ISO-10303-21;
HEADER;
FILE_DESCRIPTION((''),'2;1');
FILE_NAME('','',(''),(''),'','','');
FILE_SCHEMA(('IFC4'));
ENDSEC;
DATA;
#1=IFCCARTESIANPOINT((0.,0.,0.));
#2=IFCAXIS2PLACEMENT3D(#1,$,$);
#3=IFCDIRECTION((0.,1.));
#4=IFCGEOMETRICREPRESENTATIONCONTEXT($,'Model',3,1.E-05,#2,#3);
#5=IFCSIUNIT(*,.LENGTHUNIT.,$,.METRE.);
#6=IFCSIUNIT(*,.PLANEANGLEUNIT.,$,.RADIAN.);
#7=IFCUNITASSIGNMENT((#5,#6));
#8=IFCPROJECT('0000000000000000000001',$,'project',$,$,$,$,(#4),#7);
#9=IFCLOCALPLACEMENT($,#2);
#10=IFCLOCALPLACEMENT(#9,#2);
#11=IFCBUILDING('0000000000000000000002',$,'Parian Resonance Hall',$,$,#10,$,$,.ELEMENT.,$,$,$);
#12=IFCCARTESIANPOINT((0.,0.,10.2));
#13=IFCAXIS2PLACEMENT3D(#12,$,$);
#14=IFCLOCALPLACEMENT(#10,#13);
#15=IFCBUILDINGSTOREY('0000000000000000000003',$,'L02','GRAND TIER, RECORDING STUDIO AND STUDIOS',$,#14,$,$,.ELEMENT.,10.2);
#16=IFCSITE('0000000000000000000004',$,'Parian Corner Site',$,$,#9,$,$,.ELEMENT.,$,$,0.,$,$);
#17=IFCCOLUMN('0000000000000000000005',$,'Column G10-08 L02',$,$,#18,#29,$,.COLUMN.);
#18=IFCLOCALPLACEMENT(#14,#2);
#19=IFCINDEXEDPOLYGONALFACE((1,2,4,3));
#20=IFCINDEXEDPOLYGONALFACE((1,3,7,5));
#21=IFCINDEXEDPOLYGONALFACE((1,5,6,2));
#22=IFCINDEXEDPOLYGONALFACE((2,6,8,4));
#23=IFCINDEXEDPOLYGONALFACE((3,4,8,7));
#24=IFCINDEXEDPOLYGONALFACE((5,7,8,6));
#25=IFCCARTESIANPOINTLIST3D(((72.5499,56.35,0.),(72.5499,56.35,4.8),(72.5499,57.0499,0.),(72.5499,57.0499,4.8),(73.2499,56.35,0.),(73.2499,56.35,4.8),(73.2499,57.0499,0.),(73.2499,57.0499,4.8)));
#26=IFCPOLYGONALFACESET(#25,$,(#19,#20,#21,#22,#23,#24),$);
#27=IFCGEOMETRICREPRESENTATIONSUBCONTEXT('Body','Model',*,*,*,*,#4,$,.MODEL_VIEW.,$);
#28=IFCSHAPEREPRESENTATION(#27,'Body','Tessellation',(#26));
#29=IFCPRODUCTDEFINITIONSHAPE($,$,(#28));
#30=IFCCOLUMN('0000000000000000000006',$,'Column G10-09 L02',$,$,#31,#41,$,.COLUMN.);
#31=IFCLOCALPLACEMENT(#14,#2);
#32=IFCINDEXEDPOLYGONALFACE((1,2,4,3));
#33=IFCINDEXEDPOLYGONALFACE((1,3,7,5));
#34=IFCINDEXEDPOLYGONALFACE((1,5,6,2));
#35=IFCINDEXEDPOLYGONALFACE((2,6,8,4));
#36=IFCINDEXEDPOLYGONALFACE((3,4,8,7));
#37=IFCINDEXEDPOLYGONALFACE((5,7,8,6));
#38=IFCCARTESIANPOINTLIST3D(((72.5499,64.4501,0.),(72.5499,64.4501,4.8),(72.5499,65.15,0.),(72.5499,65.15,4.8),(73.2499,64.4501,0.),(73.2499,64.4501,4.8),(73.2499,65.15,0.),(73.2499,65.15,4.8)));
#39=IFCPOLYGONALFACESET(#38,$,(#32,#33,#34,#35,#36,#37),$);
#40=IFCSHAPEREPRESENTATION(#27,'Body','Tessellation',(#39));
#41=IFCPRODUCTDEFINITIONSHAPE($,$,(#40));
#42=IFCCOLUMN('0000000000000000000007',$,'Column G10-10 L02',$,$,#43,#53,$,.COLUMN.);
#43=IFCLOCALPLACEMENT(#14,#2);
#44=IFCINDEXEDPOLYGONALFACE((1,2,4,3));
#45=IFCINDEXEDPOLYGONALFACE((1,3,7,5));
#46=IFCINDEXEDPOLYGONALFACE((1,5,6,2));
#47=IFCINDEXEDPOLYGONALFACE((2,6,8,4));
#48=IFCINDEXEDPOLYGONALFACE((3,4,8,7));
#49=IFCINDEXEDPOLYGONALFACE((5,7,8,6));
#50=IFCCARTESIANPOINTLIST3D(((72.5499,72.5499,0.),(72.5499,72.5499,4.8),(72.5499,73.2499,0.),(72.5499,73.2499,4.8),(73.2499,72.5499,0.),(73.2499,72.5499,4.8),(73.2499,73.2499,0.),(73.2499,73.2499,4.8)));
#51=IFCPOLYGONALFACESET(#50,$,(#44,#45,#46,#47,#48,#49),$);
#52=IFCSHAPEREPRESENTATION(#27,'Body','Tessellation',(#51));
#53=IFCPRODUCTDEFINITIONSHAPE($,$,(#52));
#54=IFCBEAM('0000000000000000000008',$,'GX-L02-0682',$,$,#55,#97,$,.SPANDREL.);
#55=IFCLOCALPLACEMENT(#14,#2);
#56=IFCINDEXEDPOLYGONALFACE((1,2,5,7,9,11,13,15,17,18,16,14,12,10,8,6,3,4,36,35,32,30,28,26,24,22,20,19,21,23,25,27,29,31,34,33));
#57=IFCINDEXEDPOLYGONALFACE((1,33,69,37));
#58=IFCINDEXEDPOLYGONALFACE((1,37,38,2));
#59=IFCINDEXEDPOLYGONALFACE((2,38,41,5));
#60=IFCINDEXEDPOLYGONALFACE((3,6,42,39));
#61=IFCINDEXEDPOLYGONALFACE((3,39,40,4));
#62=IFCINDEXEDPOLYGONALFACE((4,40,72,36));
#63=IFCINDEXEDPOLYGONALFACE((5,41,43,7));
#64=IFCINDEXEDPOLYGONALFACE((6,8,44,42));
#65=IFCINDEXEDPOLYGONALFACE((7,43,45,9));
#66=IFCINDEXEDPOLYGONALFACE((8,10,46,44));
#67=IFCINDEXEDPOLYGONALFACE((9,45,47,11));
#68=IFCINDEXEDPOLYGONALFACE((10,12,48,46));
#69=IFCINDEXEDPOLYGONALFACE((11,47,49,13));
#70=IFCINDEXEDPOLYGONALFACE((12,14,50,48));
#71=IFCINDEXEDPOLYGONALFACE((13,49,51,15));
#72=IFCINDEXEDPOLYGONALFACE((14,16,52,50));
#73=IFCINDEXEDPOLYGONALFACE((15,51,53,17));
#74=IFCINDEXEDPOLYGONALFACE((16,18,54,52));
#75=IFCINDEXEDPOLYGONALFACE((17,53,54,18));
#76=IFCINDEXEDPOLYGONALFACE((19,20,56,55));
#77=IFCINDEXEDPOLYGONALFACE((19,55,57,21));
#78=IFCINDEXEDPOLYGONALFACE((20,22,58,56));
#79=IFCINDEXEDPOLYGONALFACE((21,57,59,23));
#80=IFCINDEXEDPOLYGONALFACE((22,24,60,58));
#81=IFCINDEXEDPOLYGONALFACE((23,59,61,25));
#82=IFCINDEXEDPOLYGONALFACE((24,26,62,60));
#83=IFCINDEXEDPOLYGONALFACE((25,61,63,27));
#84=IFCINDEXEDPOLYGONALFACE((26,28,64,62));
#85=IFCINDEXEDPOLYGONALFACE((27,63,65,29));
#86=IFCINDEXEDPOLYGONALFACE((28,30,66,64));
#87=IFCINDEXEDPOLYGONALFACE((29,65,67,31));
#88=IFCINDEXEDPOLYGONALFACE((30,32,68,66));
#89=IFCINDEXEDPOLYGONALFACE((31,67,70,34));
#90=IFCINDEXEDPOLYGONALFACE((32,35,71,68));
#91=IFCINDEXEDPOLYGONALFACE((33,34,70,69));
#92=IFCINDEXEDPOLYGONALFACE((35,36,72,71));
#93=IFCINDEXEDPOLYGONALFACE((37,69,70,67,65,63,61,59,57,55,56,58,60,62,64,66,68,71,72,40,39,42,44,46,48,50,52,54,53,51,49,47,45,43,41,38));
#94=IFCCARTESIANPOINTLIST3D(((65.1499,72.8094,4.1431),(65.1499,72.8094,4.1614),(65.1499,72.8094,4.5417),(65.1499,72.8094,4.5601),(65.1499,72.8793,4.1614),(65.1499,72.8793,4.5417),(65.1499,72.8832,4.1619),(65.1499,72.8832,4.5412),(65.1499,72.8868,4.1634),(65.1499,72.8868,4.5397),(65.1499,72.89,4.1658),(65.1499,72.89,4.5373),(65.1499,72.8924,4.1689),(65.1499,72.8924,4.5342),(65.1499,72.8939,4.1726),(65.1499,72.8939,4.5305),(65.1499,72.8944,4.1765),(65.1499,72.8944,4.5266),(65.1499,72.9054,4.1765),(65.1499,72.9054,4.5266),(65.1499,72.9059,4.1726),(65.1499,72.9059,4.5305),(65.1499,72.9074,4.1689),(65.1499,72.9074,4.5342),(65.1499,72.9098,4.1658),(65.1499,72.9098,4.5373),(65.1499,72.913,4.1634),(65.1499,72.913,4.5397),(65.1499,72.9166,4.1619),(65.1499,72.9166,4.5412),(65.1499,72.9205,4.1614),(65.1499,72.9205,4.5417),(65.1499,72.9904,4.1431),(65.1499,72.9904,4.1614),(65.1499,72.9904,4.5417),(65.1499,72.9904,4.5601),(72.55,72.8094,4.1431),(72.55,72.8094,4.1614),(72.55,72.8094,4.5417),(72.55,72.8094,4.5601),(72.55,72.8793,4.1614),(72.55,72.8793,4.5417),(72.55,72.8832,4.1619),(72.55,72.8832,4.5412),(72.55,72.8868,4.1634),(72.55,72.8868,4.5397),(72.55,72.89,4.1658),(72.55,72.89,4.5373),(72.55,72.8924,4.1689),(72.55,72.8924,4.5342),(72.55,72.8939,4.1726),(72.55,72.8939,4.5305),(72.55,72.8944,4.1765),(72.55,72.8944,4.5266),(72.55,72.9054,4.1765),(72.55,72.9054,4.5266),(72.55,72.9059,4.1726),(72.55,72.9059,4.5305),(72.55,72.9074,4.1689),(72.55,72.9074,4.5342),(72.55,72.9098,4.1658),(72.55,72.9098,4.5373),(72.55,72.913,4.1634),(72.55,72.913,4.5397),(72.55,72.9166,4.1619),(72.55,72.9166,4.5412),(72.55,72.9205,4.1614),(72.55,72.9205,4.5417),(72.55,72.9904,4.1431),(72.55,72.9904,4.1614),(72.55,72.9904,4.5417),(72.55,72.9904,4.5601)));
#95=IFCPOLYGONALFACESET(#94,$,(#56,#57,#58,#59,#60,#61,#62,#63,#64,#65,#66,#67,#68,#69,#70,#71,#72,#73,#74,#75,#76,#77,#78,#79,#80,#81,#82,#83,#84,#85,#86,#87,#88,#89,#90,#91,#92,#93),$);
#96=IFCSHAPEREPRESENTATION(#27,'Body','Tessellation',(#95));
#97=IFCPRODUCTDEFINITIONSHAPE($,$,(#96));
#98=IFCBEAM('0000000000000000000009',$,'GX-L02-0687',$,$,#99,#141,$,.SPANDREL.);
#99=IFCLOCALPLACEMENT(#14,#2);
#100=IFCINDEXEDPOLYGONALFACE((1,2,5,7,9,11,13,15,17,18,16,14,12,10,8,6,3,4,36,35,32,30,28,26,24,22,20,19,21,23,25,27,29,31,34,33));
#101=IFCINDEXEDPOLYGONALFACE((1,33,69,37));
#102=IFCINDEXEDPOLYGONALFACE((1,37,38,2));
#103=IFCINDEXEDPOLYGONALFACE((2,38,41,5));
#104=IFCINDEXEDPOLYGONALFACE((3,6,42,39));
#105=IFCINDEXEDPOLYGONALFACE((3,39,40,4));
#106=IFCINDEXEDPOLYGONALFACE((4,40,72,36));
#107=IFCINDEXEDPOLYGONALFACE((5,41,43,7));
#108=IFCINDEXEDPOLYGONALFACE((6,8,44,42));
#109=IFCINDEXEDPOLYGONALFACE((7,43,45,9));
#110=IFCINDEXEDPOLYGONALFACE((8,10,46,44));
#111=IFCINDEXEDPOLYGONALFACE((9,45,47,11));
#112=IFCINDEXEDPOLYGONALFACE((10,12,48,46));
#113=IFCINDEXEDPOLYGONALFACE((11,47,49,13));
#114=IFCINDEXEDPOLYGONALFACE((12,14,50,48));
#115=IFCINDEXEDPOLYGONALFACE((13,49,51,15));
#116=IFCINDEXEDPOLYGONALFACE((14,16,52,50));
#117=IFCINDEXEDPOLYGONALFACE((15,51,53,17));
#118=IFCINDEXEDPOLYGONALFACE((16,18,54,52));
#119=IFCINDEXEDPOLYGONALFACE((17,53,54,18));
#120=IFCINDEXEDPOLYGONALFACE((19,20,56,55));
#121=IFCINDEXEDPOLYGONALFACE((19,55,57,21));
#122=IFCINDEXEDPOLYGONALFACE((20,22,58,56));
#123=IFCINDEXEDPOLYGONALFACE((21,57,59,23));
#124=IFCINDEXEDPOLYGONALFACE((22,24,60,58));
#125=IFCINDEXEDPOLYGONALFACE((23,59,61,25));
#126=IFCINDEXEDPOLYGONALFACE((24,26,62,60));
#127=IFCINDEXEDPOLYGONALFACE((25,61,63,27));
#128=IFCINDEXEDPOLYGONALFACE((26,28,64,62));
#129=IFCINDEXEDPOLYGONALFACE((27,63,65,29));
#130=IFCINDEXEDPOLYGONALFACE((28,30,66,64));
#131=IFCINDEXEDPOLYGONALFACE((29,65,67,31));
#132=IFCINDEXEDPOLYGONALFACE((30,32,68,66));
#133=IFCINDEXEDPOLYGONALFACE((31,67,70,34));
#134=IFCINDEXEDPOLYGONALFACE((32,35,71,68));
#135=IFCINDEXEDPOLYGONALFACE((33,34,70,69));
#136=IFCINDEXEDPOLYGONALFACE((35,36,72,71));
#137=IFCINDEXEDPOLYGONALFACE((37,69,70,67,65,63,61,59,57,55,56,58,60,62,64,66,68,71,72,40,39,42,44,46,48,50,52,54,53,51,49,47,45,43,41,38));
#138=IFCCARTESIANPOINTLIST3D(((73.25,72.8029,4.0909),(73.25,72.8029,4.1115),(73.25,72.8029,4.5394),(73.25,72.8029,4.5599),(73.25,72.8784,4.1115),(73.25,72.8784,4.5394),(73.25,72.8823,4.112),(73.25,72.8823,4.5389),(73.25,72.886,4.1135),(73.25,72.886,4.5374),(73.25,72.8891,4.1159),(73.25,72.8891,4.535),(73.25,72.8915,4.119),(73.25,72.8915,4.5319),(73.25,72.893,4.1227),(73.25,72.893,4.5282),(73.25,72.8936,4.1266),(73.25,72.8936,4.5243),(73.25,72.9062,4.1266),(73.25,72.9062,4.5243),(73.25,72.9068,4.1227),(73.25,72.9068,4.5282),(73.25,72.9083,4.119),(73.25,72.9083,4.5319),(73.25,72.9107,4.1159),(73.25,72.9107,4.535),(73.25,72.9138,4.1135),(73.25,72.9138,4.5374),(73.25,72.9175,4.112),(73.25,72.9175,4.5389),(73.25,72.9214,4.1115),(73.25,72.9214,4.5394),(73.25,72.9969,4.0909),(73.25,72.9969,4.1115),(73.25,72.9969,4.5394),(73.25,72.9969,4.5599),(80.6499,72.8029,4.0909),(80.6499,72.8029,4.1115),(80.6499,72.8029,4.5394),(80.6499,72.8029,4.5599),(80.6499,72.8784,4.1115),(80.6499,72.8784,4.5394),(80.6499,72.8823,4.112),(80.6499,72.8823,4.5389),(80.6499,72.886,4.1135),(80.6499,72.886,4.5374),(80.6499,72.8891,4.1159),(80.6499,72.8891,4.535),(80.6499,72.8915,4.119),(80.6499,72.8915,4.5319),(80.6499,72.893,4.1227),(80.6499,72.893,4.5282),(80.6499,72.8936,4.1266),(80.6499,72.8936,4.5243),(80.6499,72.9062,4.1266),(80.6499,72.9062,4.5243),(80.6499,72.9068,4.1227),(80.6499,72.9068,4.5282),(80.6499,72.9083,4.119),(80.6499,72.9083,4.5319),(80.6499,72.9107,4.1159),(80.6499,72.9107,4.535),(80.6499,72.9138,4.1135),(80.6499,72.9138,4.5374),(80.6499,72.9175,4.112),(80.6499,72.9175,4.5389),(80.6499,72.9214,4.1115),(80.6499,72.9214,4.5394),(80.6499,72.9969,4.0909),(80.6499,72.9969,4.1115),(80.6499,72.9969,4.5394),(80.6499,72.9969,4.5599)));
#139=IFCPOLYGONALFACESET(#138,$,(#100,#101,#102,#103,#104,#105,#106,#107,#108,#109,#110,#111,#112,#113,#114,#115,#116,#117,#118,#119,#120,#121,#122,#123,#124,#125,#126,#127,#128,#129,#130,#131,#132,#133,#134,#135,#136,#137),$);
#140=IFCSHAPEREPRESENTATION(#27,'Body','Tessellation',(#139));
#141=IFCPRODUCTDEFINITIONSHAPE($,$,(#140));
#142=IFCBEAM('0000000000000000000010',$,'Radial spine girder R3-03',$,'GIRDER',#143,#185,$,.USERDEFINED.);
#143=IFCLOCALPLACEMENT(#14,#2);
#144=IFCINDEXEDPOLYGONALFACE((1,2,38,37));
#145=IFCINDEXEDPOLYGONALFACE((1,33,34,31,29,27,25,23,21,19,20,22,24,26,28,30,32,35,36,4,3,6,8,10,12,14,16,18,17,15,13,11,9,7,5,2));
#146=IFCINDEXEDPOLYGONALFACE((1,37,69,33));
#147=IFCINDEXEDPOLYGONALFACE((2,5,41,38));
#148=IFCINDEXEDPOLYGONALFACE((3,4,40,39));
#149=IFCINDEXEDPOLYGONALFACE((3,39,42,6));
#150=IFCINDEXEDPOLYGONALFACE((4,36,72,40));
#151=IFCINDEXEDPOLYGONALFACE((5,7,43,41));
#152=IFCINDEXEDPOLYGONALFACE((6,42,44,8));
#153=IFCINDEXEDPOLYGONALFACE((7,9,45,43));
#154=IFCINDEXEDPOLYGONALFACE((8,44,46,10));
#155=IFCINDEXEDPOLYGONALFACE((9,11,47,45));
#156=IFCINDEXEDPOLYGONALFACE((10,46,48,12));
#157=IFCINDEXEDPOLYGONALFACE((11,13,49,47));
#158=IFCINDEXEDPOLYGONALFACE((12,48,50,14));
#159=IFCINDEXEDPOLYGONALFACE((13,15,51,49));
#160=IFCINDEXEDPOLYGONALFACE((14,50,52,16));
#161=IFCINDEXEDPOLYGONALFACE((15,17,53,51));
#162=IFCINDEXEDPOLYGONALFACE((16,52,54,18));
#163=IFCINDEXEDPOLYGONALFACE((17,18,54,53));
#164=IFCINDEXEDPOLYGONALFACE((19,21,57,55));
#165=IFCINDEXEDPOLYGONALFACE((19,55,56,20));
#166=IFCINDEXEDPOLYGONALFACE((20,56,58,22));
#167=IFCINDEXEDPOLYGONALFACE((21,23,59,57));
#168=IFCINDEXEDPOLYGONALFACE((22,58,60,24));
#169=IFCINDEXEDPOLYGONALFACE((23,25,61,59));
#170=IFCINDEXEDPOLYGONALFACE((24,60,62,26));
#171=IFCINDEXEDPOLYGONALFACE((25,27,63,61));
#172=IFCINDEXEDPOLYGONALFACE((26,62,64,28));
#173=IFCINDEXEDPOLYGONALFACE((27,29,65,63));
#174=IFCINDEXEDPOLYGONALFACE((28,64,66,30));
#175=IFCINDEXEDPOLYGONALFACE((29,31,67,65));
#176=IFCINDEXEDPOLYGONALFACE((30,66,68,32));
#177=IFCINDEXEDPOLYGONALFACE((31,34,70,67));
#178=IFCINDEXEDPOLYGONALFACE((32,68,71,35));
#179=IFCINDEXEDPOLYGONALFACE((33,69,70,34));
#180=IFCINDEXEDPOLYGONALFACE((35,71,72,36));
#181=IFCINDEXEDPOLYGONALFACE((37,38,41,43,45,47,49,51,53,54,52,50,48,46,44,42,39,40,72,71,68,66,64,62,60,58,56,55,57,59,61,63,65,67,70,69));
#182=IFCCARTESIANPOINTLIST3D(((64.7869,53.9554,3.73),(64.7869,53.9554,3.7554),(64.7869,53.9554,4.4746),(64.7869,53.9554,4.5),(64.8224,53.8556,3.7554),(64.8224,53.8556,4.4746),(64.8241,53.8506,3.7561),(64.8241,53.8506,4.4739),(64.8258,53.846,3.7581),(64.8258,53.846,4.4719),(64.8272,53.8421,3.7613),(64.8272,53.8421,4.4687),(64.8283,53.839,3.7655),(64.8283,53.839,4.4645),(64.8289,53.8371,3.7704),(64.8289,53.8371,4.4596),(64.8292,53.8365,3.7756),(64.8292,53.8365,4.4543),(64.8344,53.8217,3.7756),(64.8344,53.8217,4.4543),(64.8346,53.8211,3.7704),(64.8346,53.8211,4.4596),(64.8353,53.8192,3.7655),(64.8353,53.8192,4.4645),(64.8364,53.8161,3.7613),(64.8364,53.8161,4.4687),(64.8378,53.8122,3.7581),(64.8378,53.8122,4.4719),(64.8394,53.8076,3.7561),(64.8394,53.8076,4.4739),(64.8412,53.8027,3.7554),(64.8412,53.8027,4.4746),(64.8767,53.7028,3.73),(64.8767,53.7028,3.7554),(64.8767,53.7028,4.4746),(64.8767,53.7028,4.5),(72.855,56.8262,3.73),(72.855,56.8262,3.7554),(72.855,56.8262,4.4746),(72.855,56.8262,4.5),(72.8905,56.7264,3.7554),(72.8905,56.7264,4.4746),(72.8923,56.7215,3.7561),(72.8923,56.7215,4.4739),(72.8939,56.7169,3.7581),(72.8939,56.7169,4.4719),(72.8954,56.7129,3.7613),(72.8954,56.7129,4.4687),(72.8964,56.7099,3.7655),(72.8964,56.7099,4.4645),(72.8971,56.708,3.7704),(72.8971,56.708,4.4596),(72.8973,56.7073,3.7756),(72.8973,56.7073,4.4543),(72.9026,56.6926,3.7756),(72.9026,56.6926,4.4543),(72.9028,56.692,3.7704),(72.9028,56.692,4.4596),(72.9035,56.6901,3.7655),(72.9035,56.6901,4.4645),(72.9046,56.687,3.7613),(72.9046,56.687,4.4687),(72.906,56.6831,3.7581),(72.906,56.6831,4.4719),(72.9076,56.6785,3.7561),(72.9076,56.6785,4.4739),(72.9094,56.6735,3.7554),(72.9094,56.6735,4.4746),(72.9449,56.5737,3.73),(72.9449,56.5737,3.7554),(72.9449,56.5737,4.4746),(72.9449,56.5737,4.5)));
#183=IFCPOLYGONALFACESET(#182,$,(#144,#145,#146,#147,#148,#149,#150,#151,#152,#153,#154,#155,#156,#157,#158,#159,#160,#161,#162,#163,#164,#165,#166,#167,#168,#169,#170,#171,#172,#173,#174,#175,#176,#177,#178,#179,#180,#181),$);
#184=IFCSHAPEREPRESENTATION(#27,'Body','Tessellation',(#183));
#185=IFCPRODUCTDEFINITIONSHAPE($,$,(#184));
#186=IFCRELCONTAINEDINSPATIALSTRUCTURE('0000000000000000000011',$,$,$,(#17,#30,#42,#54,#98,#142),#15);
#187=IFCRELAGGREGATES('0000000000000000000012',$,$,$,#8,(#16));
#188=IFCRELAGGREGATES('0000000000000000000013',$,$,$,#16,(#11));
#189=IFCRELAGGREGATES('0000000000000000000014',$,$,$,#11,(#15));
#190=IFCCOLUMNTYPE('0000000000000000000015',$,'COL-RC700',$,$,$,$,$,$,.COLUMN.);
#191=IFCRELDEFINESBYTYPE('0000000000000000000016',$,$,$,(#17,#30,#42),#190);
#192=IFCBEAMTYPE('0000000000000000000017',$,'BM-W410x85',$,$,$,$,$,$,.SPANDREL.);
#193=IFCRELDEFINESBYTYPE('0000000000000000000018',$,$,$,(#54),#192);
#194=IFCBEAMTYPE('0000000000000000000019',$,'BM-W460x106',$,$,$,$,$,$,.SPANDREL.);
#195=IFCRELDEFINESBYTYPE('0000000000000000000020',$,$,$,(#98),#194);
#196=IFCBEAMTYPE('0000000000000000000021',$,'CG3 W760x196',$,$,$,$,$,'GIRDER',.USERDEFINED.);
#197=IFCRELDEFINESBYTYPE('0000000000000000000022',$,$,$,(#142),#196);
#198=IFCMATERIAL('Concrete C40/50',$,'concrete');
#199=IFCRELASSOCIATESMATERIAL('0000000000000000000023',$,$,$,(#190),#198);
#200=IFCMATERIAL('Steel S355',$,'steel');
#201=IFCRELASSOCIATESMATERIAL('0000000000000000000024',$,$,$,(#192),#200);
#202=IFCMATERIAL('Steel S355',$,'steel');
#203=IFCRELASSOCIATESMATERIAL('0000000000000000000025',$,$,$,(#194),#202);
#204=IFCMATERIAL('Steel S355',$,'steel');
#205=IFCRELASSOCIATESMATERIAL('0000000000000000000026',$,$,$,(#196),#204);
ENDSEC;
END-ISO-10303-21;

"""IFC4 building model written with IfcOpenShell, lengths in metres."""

from ifc_helpers import new_model, si_unit, direction, frame, origin, origin_2d, place, context, subcontext, project, spatial, rectangle, i_section, extrude, material, material_profile, profile_set, type_object, element, save


model = new_model("IFC4")

# Units and contexts
model_context = context("Model", 3, precision=1e-05, world=origin(), true_north=direction((0.0, 1.0)))
body_context = subcontext(model_context, "Body", "Model", "MODEL_VIEW")
ifc_project = project(units=[si_unit("LENGTHUNIT", "METRE"), si_unit("PLANEANGLEUNIT", "RADIAN")], contexts=[model_context])

# Site, building, storey
site_placement = place(None, origin())
site = spatial("IfcSite", under=ifc_project, at=site_placement, Name="Parian Corner Site", CompositionType="ELEMENT", RefElevation=0.0)
building_placement = place(site_placement, origin())
building = spatial("IfcBuilding", under=site, at=building_placement, Name="Parian Resonance Hall", CompositionType="ELEMENT")
storey_placement = place(building_placement, frame((0.0, 0.0, 10.2)))
storey = spatial("IfcBuildingStorey", under=building, at=storey_placement, Name="L02", Description="GRAND TIER, RECORDING STUDIO AND STUDIOS", CompositionType="ELEMENT", Elevation=10.2)

# Columns
ifc_material_1 = material(Name="Concrete C40/50", Category="concrete")
ifc_material_profile_1 = material_profile(ifc_material_1, rectangle(XDim=0.7, YDim=0.7, at=origin_2d()), Name="RC-COL-700x700")
ifc_profile_set_1 = profile_set([ifc_material_profile_1], Name="Concrete C40/50")
column_type = type_object("IfcColumnType", Name="COL-RC700", PredefinedType="COLUMN", material=ifc_profile_set_1)
for number, where, z_axis, x_axis, name in (
    (1, (72.8999, 56.7, 0.0), (0.0, 0.0, 1.0), (1.0, 0.0, 0.0), "Column G10-08 L02"),
    (2, (72.8999, 64.8, 0.0), (0.0, 0.0, 1.0), (1.0, 0.0, 0.0), "Column G10-09 L02"),
    (3, (72.8999, 72.8999, 0.0), (0.0, 0.0, 1.0), (1.0, 0.0, 0.0), "Column G10-10 L02"),
):
    element("IfcColumn", number, at=place(storey_placement, frame(where, z_axis=z_axis, x_axis=x_axis)), inside=storey, type_object=column_type, Name=name, PredefinedType="COLUMN", context=body_context, shape_type="SweptSolid", body=[
        extrude(rectangle(XDim=0.7, YDim=0.7, at=origin_2d()), origin(), (0.0, 0.0, 1.0), 4.8),
    ])

# Beams
ifc_material_2 = material(Name="Steel S355", Category="steel")
ifc_material_profile_2 = material_profile(ifc_material_2, i_section(OverallWidth=0.1809, OverallDepth=0.417, WebThickness=0.011, FlangeThickness=0.0183, FilletRadius=0.0151, at=origin_2d()), Name="W410x85")
ifc_profile_set_2 = profile_set([ifc_material_profile_2], Name="Steel S355")
beam_type_1 = type_object("IfcBeamType", Name="BM-W410x85", PredefinedType="SPANDREL", material=ifc_profile_set_2)
beam_1_placement = place(storey_placement, frame((65.1499, 72.8999, 4.3516), z_axis=(1.0, 0.0, 0.0), x_axis=(0.0, 1.0, 0.0)))
element("IfcBeam", 4, at=beam_1_placement, inside=storey, type_object=beam_type_1, Name="GX-L02-0682", PredefinedType="SPANDREL", context=body_context, shape_type="SweptSolid", body=[
    extrude(i_section(OverallWidth=0.1809, OverallDepth=0.417, WebThickness=0.011, FlangeThickness=0.0183, FilletRadius=0.0151, at=origin_2d()), origin(), (0.0, 0.0, 1.0), 7.4001),
])
ifc_material_3 = material(Name="Steel S355", Category="steel")
ifc_material_profile_3 = material_profile(ifc_material_3, i_section(OverallWidth=0.1941, OverallDepth=0.469, WebThickness=0.0127, FlangeThickness=0.0205, FilletRadius=0.0151, at=origin_2d()), Name="W460x106")
ifc_profile_set_3 = profile_set([ifc_material_profile_3], Name="Steel S355")
beam_type_2 = type_object("IfcBeamType", Name="BM-W460x106", PredefinedType="SPANDREL", material=ifc_profile_set_3)
beam_2_placement = place(storey_placement, frame((73.25, 72.8999, 4.3254), z_axis=(1.0, 0.0, 0.0), x_axis=(0.0, 1.0, 0.0)))
element("IfcBeam", 5, at=beam_2_placement, inside=storey, type_object=beam_type_2, Name="GX-L02-0687", PredefinedType="SPANDREL", context=body_context, shape_type="SweptSolid", body=[
    extrude(i_section(OverallWidth=0.1941, OverallDepth=0.469, WebThickness=0.0127, FlangeThickness=0.0205, FilletRadius=0.0151, at=origin_2d()), origin(), (0.0, 0.0, 1.0), 7.3999),
])
ifc_material_4 = material(Name="Steel S355", Category="steel")
ifc_material_profile_4 = material_profile(ifc_material_4, i_section(OverallWidth=0.2681, OverallDepth=0.77, WebThickness=0.0156, FlangeThickness=0.0254, FilletRadius=0.0203, at=origin_2d()), Name="W760x196")
ifc_profile_set_4 = profile_set([ifc_material_profile_4], Name="Steel S355")
beam_type_3 = type_object("IfcBeamType", Name="CG3 W760x196", ElementType="GIRDER", PredefinedType="USERDEFINED", material=ifc_profile_set_4)
beam_3_placement = place(storey_placement, frame((64.8318, 53.8291, 4.115), z_axis=(0.942134, 0.335236, 0.0), x_axis=(-0.335236, 0.942134, 0.0)))
element("IfcBeam", 6, at=beam_3_placement, inside=storey, type_object=beam_type_3, Name="Radial spine girder R3-03", ObjectType="GIRDER", PredefinedType="USERDEFINED", context=body_context, shape_type="SweptSolid", body=[
    extrude(i_section(OverallWidth=0.2681, OverallDepth=0.77, WebThickness=0.0156, FlangeThickness=0.0254, FilletRadius=0.0203, at=origin_2d()), origin(), (0.0, 0.0, 1.0), 8.5637),
])

save(model, "model.ifc")
